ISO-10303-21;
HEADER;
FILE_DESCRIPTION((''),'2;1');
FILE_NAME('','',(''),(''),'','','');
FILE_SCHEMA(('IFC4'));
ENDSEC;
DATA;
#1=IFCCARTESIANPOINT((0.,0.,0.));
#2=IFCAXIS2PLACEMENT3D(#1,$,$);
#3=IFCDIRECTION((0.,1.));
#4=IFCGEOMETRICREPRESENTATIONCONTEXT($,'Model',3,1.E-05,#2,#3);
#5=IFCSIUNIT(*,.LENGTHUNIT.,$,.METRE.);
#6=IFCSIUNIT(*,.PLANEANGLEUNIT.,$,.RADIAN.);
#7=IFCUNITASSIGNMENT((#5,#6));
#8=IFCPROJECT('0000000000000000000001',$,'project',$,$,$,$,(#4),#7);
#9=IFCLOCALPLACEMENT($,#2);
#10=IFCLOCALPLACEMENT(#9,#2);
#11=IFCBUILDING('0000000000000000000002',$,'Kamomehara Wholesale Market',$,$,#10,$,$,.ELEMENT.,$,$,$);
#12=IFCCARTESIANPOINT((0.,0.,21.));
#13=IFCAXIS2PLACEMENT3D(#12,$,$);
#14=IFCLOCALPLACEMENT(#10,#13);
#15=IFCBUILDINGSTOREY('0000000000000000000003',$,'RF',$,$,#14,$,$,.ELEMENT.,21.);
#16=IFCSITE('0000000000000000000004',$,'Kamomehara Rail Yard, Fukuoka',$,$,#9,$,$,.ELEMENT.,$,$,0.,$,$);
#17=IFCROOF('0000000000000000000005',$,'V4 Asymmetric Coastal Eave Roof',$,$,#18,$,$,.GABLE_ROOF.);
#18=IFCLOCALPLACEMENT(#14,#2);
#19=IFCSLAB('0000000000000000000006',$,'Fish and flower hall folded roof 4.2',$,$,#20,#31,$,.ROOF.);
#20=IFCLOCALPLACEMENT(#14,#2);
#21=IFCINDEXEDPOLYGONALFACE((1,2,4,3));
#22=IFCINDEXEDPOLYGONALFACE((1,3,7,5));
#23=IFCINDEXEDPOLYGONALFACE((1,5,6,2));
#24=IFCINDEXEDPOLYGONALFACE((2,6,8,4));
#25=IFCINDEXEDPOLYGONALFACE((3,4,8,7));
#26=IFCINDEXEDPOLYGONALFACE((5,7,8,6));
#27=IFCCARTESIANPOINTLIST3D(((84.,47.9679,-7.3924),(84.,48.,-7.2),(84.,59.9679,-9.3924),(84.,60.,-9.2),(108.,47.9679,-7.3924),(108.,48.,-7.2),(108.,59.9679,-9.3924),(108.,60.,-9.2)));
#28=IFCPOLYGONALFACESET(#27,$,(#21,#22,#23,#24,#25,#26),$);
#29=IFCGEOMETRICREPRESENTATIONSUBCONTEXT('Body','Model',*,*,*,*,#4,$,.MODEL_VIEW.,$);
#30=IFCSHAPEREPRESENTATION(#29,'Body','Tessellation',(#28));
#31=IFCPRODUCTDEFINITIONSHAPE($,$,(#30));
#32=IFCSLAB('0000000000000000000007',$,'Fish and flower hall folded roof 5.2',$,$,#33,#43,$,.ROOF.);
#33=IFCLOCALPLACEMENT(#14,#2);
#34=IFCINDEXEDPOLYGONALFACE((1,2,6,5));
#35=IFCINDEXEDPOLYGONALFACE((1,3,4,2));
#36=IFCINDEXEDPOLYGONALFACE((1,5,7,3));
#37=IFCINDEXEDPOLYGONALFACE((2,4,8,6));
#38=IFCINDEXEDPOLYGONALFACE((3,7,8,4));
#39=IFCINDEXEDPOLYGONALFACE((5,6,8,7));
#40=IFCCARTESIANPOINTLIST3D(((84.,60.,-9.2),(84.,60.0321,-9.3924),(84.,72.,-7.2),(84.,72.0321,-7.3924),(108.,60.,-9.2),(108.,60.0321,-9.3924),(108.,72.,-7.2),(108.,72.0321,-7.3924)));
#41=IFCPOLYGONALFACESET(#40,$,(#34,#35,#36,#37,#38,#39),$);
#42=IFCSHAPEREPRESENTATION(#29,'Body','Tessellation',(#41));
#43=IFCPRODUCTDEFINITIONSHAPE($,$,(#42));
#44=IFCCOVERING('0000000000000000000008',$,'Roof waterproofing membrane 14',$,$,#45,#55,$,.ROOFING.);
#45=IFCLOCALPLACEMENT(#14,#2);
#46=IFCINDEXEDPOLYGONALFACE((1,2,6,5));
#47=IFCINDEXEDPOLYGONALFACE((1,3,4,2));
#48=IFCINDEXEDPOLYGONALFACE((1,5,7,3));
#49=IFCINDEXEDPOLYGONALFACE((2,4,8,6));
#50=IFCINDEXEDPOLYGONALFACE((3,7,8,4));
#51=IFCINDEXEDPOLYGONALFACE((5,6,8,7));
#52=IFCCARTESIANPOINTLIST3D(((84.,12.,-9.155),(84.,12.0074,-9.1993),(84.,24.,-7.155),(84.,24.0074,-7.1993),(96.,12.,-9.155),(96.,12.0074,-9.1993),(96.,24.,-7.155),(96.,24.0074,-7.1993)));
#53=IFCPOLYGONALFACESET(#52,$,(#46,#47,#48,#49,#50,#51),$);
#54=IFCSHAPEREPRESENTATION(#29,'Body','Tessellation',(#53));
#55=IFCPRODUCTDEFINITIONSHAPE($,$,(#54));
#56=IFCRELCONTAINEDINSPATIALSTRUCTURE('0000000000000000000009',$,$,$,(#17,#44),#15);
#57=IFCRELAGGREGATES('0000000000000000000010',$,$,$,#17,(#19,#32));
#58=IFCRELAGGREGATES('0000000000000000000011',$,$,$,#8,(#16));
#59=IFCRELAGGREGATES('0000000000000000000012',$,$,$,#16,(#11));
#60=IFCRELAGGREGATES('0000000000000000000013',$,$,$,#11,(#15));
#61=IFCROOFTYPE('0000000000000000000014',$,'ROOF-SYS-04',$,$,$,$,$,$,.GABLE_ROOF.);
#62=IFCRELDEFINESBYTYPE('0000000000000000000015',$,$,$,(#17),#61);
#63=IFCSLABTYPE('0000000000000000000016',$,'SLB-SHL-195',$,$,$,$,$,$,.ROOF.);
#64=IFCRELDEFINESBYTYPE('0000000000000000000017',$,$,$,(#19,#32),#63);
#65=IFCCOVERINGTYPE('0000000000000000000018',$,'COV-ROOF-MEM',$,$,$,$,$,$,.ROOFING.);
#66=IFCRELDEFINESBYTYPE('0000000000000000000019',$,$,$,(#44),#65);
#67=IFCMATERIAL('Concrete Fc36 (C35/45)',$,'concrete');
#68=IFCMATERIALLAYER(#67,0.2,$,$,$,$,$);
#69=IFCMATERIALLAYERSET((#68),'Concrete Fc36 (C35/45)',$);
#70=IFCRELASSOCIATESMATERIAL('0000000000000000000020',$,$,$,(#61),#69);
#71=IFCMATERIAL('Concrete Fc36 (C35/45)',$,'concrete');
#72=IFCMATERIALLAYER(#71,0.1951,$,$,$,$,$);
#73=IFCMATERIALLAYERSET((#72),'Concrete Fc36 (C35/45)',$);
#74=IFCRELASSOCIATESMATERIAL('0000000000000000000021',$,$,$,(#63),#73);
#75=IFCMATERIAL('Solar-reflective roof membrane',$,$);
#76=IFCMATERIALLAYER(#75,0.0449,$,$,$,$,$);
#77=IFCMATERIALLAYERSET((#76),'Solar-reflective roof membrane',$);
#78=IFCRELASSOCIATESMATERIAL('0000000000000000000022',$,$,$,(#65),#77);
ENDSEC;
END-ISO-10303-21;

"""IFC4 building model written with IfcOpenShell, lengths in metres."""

from ifc_helpers import new_model, si_unit, direction, frame, origin, place, context, subcontext, project, spatial, polyline, outline, extrude, material, layer, layer_set, type_object, element, aggregate, save


model = new_model("IFC4")

# Units and contexts
model_context = context("Model", 3, precision=1e-05, world=origin(), true_north=direction((0.0, 1.0)))
body_context = subcontext(model_context, "Body", "Model", "MODEL_VIEW")
ifc_project = project(units=[si_unit("LENGTHUNIT", "METRE"), si_unit("PLANEANGLEUNIT", "RADIAN")], contexts=[model_context])

# Site, building, storey
site_placement = place(None, origin())
site = spatial("IfcSite", under=ifc_project, at=site_placement, Name="Kamomehara Rail Yard, Fukuoka", CompositionType="ELEMENT", RefElevation=0.0)
building_placement = place(site_placement, origin())
building = spatial("IfcBuilding", under=site, at=building_placement, Name="Kamomehara Wholesale Market", CompositionType="ELEMENT")
storey_placement = place(building_placement, frame((0.0, 0.0, 21.0)))
storey = spatial("IfcBuildingStorey", under=building, at=storey_placement, Name="RF", CompositionType="ELEMENT", Elevation=21.0)

# Roof, slabs
ifc_material_1 = material(Name="Concrete Fc36 (C35/45)", Category="concrete")
ifc_layer_1 = layer(ifc_material_1, 0.2)
ifc_layer_set_1 = layer_set([ifc_layer_1], Name="Concrete Fc36 (C35/45)")
roof_type = type_object("IfcRoofType", Name="ROOF-SYS-04", PredefinedType="GABLE_ROOF", material=ifc_layer_set_1)
roof_placement = place(storey_placement, origin())
roof = element("IfcRoof", 1, at=roof_placement, inside=storey, type_object=roof_type, Name="V4 Asymmetric Coastal Eave Roof", PredefinedType="GABLE_ROOF")
ifc_material_2 = material(Name="Concrete Fc36 (C35/45)", Category="concrete")
ifc_layer_2 = layer(ifc_material_2, 0.1951)
ifc_layer_set_2 = layer_set([ifc_layer_2], Name="Concrete Fc36 (C35/45)")
slab_type = type_object("IfcSlabType", Name="SLB-SHL-195", PredefinedType="ROOF", material=ifc_layer_set_2)
slab_1_placement = place(storey_placement, frame((84.0, 48.0, -7.2), z_axis=(0.0, 0.164399, 0.986394), x_axis=(1.0, 0.0, 0.0)))
slab_1 = element("IfcSlab", 2, at=slab_1_placement, type_object=slab_type, Name="Fish and flower hall folded roof 4.2", PredefinedType="ROOF", context=body_context, shape_type="SweptSolid", body=[
    extrude(outline(polyline([(0.0, 0.0), (24.0, 0.0), (24.0, 12.1655), (0.0, 12.1655), (0.0, 0.0)])), origin(), (0.0, 0.0, -1.0), 0.1951),
])
slab_2_placement = place(storey_placement, frame((84.0, 60.0, -9.2), z_axis=(0.0, -0.164399, 0.986394), x_axis=(1.0, 0.0, 0.0)))
slab_2 = element("IfcSlab", 3, at=slab_2_placement, type_object=slab_type, Name="Fish and flower hall folded roof 5.2", PredefinedType="ROOF", context=body_context, shape_type="SweptSolid", body=[
    extrude(outline(polyline([(0.0, 0.0), (24.0, 0.0), (24.0, 12.1655), (0.0, 12.1655), (0.0, 0.0)])), origin(), (0.0, 0.0, -1.0), 0.1951),
])
aggregate(roof, [slab_1, slab_2])

# Covering
ifc_material_3 = material(Name="Solar-reflective roof membrane")
ifc_layer_3 = layer(ifc_material_3, 0.0449)
ifc_layer_set_3 = layer_set([ifc_layer_3], Name="Solar-reflective roof membrane")
covering_type = type_object("IfcCoveringType", Name="COV-ROOF-MEM", PredefinedType="ROOFING", material=ifc_layer_set_3)
covering_placement = place(storey_placement, frame((84.0, 12.0, -9.155), z_axis=(0.0, -0.164399, 0.986394), x_axis=(1.0, 0.0, 0.0)))
element("IfcCovering", 4, at=covering_placement, inside=storey, type_object=covering_type, Name="Roof waterproofing membrane 14", PredefinedType="ROOFING", context=body_context, shape_type="SweptSolid", body=[
    extrude(outline(polyline([(0.0, 0.0), (12.0, 0.0), (12.0, 12.1655), (0.0, 12.1655), (0.0, 0.0)])), origin(), (0.0, 0.0, -1.0), 0.0449),
])

save(model, "model.ifc")
